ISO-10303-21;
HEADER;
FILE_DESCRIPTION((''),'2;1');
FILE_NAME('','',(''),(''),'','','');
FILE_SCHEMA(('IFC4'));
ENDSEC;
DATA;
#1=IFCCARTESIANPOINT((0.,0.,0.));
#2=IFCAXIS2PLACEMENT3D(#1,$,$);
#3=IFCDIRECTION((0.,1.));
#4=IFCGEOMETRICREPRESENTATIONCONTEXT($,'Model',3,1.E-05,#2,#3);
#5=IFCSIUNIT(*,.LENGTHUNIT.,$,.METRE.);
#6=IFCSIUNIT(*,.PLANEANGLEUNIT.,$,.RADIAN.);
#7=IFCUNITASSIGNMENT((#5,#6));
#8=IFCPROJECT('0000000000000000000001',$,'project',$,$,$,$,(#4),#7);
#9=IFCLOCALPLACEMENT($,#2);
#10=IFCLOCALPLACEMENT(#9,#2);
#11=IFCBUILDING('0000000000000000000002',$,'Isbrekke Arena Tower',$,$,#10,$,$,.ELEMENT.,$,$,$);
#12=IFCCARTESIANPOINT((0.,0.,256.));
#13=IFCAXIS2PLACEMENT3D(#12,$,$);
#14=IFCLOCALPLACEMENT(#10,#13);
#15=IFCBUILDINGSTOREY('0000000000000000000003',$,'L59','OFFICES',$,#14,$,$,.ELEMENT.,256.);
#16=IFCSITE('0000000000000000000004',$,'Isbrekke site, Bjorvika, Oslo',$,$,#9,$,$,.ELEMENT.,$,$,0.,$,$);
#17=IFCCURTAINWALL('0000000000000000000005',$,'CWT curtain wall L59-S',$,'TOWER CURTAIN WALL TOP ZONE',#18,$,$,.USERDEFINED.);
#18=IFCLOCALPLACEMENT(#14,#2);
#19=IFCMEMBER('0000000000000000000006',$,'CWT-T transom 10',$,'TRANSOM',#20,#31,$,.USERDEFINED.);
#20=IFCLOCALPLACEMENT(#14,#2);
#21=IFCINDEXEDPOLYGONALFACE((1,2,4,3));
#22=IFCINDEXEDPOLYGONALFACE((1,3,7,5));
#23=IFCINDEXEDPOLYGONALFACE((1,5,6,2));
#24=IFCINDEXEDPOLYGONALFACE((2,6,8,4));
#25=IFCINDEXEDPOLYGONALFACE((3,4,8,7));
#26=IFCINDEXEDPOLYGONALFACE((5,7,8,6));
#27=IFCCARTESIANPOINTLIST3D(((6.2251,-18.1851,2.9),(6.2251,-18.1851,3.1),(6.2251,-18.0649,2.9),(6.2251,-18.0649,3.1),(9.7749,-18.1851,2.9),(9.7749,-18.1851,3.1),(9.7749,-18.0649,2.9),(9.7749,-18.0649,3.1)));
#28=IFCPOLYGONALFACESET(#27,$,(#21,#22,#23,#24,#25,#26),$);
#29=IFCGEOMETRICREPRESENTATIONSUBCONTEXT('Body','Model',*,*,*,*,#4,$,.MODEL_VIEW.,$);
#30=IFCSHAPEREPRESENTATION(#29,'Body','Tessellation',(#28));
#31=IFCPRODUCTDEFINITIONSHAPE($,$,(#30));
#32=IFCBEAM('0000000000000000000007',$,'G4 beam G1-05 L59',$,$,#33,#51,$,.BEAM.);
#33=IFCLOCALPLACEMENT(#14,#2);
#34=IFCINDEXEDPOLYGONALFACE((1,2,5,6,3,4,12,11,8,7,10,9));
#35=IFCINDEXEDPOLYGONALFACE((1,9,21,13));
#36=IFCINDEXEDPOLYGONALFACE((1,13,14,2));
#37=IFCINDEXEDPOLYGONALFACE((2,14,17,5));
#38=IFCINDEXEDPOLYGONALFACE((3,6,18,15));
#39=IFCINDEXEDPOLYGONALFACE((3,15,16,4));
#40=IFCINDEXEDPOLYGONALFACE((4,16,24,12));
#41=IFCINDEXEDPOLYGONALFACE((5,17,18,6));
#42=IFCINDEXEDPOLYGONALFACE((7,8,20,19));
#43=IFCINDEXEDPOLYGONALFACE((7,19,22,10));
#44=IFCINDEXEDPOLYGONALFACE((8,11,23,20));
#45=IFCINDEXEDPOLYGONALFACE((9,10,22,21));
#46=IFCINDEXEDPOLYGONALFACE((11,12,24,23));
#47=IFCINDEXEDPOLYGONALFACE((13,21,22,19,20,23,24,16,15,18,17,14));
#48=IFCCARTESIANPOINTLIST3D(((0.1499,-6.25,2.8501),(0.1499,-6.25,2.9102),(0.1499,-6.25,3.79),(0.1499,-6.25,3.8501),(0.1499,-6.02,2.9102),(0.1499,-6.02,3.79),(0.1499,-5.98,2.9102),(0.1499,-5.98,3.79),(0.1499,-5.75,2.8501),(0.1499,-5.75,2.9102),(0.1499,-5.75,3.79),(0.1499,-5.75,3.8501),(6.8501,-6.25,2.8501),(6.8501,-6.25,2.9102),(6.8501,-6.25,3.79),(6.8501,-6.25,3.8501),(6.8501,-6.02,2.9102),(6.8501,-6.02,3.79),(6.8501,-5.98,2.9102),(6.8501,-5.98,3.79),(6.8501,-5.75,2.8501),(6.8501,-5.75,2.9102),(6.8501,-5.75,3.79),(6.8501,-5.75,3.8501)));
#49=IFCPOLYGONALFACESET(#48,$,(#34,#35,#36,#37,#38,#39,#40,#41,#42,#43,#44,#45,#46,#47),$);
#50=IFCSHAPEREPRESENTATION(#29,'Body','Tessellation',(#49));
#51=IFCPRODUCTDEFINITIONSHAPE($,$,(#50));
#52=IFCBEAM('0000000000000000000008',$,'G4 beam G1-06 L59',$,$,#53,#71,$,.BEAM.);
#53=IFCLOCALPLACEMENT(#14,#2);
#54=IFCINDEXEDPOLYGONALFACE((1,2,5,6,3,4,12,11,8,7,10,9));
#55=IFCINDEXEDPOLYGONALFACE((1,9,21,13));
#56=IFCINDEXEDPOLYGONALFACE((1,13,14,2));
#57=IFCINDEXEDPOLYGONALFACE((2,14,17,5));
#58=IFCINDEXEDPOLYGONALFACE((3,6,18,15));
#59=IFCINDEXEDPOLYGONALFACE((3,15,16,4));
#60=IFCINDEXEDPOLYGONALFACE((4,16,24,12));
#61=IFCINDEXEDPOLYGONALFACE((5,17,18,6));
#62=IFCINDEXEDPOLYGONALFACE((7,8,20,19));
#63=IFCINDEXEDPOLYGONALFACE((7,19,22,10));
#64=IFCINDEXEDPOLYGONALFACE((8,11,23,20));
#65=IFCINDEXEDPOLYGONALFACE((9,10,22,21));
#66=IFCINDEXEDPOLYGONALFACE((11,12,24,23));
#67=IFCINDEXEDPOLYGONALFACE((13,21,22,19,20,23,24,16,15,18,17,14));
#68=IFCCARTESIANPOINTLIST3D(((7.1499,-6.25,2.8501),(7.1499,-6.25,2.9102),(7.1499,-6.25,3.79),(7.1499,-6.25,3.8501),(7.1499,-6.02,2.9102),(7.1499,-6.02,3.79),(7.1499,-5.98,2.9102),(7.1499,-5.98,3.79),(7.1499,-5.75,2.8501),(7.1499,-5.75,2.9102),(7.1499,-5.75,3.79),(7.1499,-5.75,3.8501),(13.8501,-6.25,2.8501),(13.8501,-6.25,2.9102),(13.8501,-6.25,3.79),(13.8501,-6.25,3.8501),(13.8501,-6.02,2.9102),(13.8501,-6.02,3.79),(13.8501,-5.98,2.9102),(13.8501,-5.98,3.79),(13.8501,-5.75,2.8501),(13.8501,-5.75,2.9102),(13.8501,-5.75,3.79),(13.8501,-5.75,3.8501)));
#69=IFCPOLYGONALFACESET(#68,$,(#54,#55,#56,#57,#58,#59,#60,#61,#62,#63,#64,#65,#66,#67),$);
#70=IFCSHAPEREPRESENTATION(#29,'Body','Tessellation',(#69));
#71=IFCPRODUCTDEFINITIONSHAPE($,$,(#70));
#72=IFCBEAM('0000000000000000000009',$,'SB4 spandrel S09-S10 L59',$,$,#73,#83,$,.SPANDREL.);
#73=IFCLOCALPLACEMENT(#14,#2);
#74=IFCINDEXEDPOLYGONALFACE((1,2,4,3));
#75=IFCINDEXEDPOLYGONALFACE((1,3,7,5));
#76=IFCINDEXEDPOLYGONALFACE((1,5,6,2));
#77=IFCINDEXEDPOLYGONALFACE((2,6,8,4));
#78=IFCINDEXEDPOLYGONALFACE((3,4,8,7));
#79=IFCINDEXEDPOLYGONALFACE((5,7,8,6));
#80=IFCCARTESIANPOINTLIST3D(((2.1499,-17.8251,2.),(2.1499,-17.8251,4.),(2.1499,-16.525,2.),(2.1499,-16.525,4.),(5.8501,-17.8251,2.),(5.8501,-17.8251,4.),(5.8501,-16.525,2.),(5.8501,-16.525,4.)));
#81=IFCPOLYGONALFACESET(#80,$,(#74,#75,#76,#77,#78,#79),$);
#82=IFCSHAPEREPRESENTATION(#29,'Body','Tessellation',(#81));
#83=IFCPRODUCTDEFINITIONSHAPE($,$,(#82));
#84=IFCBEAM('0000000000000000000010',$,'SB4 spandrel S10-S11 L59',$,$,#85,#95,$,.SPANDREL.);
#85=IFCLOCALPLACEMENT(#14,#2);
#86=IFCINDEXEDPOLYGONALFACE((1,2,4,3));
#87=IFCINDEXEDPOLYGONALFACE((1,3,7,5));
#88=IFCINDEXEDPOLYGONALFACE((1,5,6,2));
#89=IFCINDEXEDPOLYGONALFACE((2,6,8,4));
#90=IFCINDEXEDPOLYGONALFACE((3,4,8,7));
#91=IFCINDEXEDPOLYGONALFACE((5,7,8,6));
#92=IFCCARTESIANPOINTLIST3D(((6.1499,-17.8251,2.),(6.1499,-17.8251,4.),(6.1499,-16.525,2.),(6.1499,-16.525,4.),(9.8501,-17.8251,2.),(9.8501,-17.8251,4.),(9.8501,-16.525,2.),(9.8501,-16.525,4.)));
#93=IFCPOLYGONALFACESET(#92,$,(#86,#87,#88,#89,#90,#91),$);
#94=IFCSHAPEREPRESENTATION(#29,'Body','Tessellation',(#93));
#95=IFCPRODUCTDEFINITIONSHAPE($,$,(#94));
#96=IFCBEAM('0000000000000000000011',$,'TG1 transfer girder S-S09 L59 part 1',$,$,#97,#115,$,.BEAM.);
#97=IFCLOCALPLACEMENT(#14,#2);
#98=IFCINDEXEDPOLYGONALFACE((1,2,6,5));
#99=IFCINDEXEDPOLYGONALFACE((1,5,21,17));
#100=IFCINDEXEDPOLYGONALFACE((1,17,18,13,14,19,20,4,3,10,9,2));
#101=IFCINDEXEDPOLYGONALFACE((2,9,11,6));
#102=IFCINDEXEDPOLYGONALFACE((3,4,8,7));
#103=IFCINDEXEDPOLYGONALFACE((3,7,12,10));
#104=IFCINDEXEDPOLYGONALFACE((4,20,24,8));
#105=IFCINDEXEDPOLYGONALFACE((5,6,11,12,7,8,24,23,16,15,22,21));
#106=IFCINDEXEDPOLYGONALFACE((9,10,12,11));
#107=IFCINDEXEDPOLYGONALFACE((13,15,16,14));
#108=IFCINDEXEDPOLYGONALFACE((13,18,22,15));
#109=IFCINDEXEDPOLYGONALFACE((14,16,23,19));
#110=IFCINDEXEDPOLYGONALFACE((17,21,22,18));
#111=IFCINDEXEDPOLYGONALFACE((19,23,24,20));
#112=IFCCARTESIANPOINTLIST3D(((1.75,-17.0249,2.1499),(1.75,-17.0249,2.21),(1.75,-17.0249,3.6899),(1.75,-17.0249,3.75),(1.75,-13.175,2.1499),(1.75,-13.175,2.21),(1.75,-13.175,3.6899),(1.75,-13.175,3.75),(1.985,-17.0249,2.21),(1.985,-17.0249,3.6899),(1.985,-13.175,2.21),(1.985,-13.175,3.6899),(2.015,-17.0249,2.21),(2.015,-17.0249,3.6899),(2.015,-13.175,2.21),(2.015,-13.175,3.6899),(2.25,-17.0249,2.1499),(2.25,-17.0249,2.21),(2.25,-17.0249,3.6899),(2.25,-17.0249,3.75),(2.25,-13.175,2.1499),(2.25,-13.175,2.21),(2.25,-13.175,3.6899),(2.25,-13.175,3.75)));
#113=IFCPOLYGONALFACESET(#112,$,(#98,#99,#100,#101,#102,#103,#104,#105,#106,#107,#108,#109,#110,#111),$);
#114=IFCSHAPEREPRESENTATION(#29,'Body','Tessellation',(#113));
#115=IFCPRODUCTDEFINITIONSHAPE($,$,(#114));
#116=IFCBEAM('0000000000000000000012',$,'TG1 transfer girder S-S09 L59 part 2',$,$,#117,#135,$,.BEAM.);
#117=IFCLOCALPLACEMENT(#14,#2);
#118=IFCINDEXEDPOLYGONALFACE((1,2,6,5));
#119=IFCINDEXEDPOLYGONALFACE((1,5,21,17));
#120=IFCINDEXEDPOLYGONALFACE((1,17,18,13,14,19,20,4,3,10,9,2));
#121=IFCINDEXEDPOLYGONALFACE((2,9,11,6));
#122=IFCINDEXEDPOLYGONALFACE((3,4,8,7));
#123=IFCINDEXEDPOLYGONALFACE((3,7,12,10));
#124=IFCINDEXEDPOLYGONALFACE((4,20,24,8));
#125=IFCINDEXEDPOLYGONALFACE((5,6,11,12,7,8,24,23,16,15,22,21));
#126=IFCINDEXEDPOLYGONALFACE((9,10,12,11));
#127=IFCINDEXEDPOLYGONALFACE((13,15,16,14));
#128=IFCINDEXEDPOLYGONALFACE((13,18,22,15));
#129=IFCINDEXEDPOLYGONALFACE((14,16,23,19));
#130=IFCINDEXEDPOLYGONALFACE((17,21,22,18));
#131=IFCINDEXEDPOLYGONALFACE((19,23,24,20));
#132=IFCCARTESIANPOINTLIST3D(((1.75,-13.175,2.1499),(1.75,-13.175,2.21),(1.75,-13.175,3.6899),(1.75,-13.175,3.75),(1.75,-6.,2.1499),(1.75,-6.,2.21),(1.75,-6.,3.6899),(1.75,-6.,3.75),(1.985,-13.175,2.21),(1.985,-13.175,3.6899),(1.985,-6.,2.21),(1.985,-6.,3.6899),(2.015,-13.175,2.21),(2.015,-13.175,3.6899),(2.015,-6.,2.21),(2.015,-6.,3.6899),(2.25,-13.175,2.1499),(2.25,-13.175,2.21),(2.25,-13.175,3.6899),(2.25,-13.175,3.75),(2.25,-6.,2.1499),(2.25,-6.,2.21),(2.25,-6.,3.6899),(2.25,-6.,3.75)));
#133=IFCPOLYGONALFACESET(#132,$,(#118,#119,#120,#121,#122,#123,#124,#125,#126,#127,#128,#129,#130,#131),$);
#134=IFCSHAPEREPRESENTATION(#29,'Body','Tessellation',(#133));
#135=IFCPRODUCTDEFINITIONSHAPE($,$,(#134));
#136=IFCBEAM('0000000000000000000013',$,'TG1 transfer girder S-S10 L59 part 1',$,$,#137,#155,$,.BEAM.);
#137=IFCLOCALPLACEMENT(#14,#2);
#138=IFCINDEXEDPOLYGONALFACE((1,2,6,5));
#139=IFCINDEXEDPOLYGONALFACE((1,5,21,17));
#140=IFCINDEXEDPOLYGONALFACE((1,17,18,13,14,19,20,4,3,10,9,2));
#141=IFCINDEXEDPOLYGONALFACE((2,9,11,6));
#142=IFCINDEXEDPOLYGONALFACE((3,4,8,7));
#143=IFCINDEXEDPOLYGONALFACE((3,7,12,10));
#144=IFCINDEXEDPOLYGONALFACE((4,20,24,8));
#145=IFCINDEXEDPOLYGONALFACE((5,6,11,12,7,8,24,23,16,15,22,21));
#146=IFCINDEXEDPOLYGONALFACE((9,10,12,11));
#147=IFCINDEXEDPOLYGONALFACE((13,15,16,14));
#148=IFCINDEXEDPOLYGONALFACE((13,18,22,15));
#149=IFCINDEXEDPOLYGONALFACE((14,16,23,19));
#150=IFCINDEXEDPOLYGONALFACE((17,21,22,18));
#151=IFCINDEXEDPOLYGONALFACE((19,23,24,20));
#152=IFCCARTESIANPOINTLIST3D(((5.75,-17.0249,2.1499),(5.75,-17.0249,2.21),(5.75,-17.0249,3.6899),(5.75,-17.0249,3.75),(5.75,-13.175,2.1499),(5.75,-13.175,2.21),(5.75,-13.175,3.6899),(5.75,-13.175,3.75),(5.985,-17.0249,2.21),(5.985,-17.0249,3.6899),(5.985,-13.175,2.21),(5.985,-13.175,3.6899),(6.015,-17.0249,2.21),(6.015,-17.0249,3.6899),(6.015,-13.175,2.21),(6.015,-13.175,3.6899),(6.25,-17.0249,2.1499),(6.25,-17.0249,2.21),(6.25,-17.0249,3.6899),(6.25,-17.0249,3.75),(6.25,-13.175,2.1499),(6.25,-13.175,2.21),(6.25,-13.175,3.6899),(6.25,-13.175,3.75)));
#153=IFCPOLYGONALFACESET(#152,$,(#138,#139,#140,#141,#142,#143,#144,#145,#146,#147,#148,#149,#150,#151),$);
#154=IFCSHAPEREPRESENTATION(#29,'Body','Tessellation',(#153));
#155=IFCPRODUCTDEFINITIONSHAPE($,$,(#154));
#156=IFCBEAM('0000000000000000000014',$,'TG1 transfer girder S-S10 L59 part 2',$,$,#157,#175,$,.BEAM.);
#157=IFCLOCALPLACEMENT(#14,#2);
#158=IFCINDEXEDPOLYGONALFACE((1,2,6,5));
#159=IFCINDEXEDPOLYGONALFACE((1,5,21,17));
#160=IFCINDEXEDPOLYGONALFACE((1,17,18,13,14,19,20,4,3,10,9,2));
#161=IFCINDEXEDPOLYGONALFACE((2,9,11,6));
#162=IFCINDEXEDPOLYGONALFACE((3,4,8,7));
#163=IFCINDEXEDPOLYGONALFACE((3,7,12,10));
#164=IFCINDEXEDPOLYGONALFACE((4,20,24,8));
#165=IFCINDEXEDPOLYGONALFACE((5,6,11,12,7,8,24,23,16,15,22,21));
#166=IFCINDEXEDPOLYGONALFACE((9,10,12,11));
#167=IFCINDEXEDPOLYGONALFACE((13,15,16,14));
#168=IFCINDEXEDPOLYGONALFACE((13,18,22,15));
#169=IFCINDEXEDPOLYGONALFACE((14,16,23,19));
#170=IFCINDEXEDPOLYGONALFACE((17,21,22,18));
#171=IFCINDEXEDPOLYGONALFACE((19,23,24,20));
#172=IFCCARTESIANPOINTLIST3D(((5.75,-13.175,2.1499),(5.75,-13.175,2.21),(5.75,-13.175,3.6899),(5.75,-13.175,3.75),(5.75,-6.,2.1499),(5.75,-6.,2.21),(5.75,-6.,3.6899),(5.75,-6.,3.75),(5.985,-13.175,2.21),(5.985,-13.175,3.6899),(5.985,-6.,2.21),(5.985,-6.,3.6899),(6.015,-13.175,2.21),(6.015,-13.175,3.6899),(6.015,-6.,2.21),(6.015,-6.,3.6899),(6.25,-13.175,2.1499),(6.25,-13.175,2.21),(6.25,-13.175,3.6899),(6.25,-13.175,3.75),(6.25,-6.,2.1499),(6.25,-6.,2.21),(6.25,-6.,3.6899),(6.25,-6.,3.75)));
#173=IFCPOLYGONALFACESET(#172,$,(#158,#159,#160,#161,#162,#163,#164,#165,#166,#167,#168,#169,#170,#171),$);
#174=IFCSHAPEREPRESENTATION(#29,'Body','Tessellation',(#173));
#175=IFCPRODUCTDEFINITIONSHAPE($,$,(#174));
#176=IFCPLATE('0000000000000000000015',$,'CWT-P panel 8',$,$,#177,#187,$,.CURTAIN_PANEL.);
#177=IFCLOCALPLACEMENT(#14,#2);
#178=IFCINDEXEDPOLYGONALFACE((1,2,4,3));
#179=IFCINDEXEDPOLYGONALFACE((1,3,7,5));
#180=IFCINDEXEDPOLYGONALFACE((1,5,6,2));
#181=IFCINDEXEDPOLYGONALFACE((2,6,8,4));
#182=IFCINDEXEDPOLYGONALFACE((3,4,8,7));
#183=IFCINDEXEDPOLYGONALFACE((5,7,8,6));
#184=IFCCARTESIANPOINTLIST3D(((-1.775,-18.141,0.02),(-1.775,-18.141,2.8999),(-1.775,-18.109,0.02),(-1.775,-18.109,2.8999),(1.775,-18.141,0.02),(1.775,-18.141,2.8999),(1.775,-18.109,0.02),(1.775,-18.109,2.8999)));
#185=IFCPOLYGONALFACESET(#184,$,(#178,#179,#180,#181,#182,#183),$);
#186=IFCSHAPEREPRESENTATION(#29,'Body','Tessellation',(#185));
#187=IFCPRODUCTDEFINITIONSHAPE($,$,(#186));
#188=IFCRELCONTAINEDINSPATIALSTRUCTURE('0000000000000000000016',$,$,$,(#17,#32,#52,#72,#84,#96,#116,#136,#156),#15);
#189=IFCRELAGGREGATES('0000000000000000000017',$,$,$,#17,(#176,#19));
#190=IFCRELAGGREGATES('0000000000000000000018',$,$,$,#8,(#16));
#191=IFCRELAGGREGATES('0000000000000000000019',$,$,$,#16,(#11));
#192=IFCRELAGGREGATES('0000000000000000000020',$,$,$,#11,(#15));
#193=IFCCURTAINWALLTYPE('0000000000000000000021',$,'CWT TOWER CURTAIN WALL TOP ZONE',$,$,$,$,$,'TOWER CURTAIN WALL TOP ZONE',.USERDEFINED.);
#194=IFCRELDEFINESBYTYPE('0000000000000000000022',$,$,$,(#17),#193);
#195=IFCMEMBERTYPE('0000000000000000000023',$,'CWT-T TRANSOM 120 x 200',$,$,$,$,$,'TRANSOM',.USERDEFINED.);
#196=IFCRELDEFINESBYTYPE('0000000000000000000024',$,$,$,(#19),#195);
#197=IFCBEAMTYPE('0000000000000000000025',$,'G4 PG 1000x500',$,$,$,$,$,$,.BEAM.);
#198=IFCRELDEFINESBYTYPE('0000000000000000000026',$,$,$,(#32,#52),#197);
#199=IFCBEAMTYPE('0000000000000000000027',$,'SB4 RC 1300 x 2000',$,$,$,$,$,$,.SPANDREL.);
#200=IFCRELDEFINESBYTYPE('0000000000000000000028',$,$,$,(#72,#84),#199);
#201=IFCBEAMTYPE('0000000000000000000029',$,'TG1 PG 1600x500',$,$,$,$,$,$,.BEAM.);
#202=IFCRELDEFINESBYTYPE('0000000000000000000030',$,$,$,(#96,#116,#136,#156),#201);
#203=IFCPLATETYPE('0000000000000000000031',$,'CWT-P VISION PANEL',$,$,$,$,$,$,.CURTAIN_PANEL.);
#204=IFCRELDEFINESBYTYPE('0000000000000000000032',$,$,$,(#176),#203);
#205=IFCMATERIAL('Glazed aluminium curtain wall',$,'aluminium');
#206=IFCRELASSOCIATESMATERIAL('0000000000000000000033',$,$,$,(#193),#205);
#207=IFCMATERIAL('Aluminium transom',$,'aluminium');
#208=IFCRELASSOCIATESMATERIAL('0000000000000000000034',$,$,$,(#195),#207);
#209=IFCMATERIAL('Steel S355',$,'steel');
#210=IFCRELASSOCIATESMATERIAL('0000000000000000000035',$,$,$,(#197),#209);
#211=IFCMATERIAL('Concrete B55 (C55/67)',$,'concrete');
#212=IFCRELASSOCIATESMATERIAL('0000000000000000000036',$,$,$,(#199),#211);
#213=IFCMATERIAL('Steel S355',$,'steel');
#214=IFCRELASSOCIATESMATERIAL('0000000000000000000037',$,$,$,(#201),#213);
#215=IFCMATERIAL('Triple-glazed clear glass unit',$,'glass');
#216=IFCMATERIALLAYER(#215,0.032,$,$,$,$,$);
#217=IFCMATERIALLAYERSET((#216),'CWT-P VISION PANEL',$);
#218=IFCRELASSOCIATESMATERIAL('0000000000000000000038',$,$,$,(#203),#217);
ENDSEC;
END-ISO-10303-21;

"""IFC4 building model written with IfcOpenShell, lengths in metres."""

from ifc_helpers import new_model, si_unit, direction, frame, origin, origin_2d, place, context, subcontext, project, spatial, rectangle, i_section, extrude, material, layer, layer_set, material_profile, profile_set, type_object, element, aggregate, save


model = new_model("IFC4")

# Units and contexts
model_context = context("Model", 3, precision=1e-05, world=origin(), true_north=direction((0.0, 1.0)))
body_context = subcontext(model_context, "Body", "Model", "MODEL_VIEW")
ifc_project = project(units=[si_unit("LENGTHUNIT", "METRE"), si_unit("PLANEANGLEUNIT", "RADIAN")], contexts=[model_context])

# Site, building, storey
site_placement = place(None, origin())
site = spatial("IfcSite", under=ifc_project, at=site_placement, Name="Isbrekke site, Bjorvika, Oslo", CompositionType="ELEMENT", RefElevation=0.0)
building_placement = place(site_placement, origin())
building = spatial("IfcBuilding", under=site, at=building_placement, Name="Isbrekke Arena Tower", CompositionType="ELEMENT")
storey_placement = place(building_placement, frame((0.0, 0.0, 256.0)))
storey = spatial("IfcBuildingStorey", under=building, at=storey_placement, Name="L59", Description="OFFICES", CompositionType="ELEMENT", Elevation=256.0)

# Curtain wall, member
ifc_material_1 = material(Name="Glazed aluminium curtain wall", Category="aluminium")
curtain_wall_type = type_object("IfcCurtainWallType", Name="CWT TOWER CURTAIN WALL TOP ZONE", ElementType="TOWER CURTAIN WALL TOP ZONE", PredefinedType="USERDEFINED", material=ifc_material_1)
curtain_wall_placement = place(storey_placement, origin())
curtain_wall = element("IfcCurtainWall", 1, at=curtain_wall_placement, inside=storey, type_object=curtain_wall_type, Name="CWT curtain wall L59-S", ObjectType="TOWER CURTAIN WALL TOP ZONE", PredefinedType="USERDEFINED")
ifc_material_2 = material(Name="Aluminium transom", Category="aluminium")
ifc_material_profile_1 = material_profile(ifc_material_2, rectangle(XDim=0.1201, YDim=0.2, at=origin_2d()), Name="TRANSOM 120X200")
ifc_profile_set_1 = profile_set([ifc_material_profile_1], Name="Aluminium transom")
member_type_1 = type_object("IfcMemberType", Name="CWT-T TRANSOM 120 x 200", ElementType="TRANSOM", PredefinedType="USERDEFINED", material=ifc_profile_set_1)
member_1_placement = place(storey_placement, frame((6.2251, -18.125, 3.0), z_axis=(1.0, 0.0, 0.0), x_axis=(0.0, 1.0, 0.0)))
member_1 = element("IfcMember", 2, at=member_1_placement, type_object=member_type_1, Name="CWT-T transom 10", ObjectType="TRANSOM", PredefinedType="USERDEFINED", context=body_context, shape_type="SweptSolid", body=[
    extrude(rectangle(XDim=0.1201, YDim=0.2, at=origin_2d()), origin(), (0.0, 0.0, 1.0), 3.5498),
])

# Beams
ifc_material_3 = material(Name="Steel S355", Category="steel")
ifc_material_profile_2 = material_profile(ifc_material_3, i_section(OverallWidth=0.5, OverallDepth=1.0, WebThickness=0.04, FlangeThickness=0.0601, at=origin_2d()), Name="PG 1000x500")
ifc_profile_set_2 = profile_set([ifc_material_profile_2], Name="Steel S355")
beam_type_1 = type_object("IfcBeamType", Name="G4 PG 1000x500", PredefinedType="BEAM", material=ifc_profile_set_2)
for number, where, z_axis, x_axis, name in (
    (3, (0.1499, -6.0, 3.3501), (1.0, 0.0, 0.0), (0.0, 1.0, 0.0), "G4 beam G1-05 L59"),
    (4, (7.1499, -6.0, 3.3501), (1.0, 0.0, 0.0), (0.0, 1.0, 0.0), "G4 beam G1-06 L59"),
):
    element("IfcBeam", number, at=place(storey_placement, frame(where, z_axis=z_axis, x_axis=x_axis)), inside=storey, type_object=beam_type_1, Name=name, PredefinedType="BEAM", context=body_context, shape_type="SweptSolid", body=[
        extrude(i_section(OverallWidth=0.5, OverallDepth=1.0, WebThickness=0.04, FlangeThickness=0.0601, at=origin_2d()), origin(), (0.0, 0.0, 1.0), 6.7002),
    ])
ifc_material_4 = material(Name="Concrete B55 (C55/67)", Category="concrete")
ifc_material_profile_3 = material_profile(ifc_material_4, rectangle(XDim=1.3, YDim=2.0, at=origin_2d()), Name="RC 1300x2000")
ifc_profile_set_3 = profile_set([ifc_material_profile_3], Name="Concrete B55 (C55/67)")
beam_type_2 = type_object("IfcBeamType", Name="SB4 RC 1300 x 2000", PredefinedType="SPANDREL", material=ifc_profile_set_3)
for number, where, z_axis, x_axis, name in (
    (5, (2.1499, -17.175, 3.0), (1.0, 0.0, 0.0), (0.0, 1.0, 0.0), "SB4 spandrel S09-S10 L59"),
    (6, (6.1499, -17.175, 3.0), (1.0, 0.0, 0.0), (0.0, 1.0, 0.0), "SB4 spandrel S10-S11 L59"),
):
    element("IfcBeam", number, at=place(storey_placement, frame(where, z_axis=z_axis, x_axis=x_axis)), inside=storey, type_object=beam_type_2, Name=name, PredefinedType="SPANDREL", context=body_context, shape_type="SweptSolid", body=[
        extrude(rectangle(XDim=1.3, YDim=2.0, at=origin_2d()), origin(), (0.0, 0.0, 1.0), 3.7002),
    ])
ifc_material_5 = material(Name="Steel S355", Category="steel")
ifc_material_profile_4 = material_profile(ifc_material_5, i_section(OverallWidth=0.5, OverallDepth=1.6001, WebThickness=0.03, FlangeThickness=0.0601, at=origin_2d()), Name="PG 1600x500")
ifc_profile_set_4 = profile_set([ifc_material_profile_4], Name="Steel S355")
beam_type_3 = type_object("IfcBeamType", Name="TG1 PG 1600x500", PredefinedType="BEAM", material=ifc_profile_set_4)
beam_1_placement = place(storey_placement, frame((2.0, -17.0249, 2.95), z_axis=(0.0, 1.0, 0.0), x_axis=(-1.0, 0.0, 0.0)))
element("IfcBeam", 7, at=beam_1_placement, inside=storey, type_object=beam_type_3, Name="TG1 transfer girder S-S09 L59 part 1", PredefinedType="BEAM", context=body_context, shape_type="SweptSolid", body=[
    extrude(i_section(OverallWidth=0.5, OverallDepth=1.6001, WebThickness=0.03, FlangeThickness=0.0601, at=origin_2d()), origin(), (0.0, 0.0, 1.0), 3.8499),
])
beam_2_placement = place(storey_placement, frame((2.0, -13.175, 2.95), z_axis=(0.0, 1.0, 0.0), x_axis=(-1.0, 0.0, 0.0)))
element("IfcBeam", 8, at=beam_2_placement, inside=storey, type_object=beam_type_3, Name="TG1 transfer girder S-S09 L59 part 2", PredefinedType="BEAM", context=body_context, shape_type="SweptSolid", body=[
    extrude(i_section(OverallWidth=0.5, OverallDepth=1.6001, WebThickness=0.03, FlangeThickness=0.0601, at=origin_2d()), origin(), (0.0, 0.0, 1.0), 7.175),
])
beam_3_placement = place(storey_placement, frame((6.0, -17.0249, 2.95), z_axis=(0.0, 1.0, 0.0), x_axis=(-1.0, 0.0, 0.0)))
element("IfcBeam", 9, at=beam_3_placement, inside=storey, type_object=beam_type_3, Name="TG1 transfer girder S-S10 L59 part 1", PredefinedType="BEAM", context=body_context, shape_type="SweptSolid", body=[
    extrude(i_section(OverallWidth=0.5, OverallDepth=1.6001, WebThickness=0.03, FlangeThickness=0.0601, at=origin_2d()), origin(), (0.0, 0.0, 1.0), 3.8499),
])
beam_4_placement = place(storey_placement, frame((6.0, -13.175, 2.95), z_axis=(0.0, 1.0, 0.0), x_axis=(-1.0, 0.0, 0.0)))
element("IfcBeam", 10, at=beam_4_placement, inside=storey, type_object=beam_type_3, Name="TG1 transfer girder S-S10 L59 part 2", PredefinedType="BEAM", context=body_context, shape_type="SweptSolid", body=[
    extrude(i_section(OverallWidth=0.5, OverallDepth=1.6001, WebThickness=0.03, FlangeThickness=0.0601, at=origin_2d()), origin(), (0.0, 0.0, 1.0), 7.175),
])

# Plate
ifc_material_6 = material(Name="Triple-glazed clear glass unit", Category="glass")
ifc_layer_1 = layer(ifc_material_6, 0.032)
ifc_layer_set_1 = layer_set([ifc_layer_1], Name="CWT-P VISION PANEL")
plate_type = type_object("IfcPlateType", Name="CWT-P VISION PANEL", PredefinedType="CURTAIN_PANEL", material=ifc_layer_set_1)
plate_1_placement = place(storey_placement, frame((0.0, -18.125, 0.02), z_axis=(0.0, 0.0, 1.0), x_axis=(1.0, 0.0, 0.0)))
plate_1 = element("IfcPlate", 11, at=plate_1_placement, type_object=plate_type, Name="CWT-P panel 8", PredefinedType="CURTAIN_PANEL", context=body_context, shape_type="SweptSolid", body=[
    extrude(rectangle(XDim=3.55, YDim=0.032, at=origin_2d()), origin(), (0.0, 0.0, 1.0), 2.8799),
])
aggregate(curtain_wall, [plate_1, member_1])

save(model, "model.ifc")
